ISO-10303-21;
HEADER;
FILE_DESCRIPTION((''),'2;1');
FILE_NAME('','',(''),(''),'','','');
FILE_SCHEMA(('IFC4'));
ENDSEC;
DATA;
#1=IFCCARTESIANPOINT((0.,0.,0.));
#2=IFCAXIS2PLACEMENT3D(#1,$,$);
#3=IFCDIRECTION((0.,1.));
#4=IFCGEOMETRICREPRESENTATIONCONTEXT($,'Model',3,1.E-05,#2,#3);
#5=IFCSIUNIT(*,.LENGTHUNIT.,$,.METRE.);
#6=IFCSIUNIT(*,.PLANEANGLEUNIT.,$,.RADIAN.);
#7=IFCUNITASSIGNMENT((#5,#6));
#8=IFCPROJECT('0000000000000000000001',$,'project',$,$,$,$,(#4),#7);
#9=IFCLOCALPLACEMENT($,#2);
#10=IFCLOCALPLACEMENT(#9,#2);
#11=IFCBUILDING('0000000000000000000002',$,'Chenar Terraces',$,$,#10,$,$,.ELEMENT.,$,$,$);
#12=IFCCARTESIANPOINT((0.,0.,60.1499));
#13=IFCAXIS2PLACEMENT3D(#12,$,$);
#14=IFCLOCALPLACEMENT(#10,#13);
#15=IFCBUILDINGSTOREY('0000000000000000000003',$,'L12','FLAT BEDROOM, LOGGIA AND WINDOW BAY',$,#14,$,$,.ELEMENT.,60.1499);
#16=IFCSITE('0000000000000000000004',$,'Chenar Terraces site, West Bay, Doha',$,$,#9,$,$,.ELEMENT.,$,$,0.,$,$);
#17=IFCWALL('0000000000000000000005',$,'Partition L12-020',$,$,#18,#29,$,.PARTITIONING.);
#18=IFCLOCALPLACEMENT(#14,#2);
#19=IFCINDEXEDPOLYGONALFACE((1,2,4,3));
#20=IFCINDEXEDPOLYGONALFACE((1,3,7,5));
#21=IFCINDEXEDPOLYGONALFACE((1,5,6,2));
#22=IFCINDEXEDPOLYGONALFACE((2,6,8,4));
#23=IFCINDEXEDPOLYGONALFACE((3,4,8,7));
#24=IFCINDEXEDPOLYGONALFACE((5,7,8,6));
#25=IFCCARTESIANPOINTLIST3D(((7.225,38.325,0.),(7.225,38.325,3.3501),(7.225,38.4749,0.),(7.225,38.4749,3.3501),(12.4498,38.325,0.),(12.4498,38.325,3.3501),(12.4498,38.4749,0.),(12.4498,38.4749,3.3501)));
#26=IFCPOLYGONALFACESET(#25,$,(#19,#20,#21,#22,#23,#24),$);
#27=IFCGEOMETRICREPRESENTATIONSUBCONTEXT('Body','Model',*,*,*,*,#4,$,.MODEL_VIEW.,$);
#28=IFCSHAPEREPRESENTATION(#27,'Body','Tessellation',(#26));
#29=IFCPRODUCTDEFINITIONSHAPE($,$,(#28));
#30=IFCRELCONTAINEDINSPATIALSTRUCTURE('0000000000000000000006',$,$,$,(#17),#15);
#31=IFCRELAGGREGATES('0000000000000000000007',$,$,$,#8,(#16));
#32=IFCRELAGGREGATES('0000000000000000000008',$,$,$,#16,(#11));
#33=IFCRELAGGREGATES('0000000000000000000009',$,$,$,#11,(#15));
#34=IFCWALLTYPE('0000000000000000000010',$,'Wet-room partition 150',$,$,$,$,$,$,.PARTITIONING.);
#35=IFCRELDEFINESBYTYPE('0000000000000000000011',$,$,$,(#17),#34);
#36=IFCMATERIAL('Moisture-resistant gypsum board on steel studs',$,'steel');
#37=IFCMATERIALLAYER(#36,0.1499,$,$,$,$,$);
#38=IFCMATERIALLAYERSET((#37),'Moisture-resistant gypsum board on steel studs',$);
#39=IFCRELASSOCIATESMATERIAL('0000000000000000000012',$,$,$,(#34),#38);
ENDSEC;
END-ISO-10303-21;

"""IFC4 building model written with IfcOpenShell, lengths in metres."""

from ifc_helpers import new_model, si_unit, direction, frame, frame_2d, origin, place, context, subcontext, project, spatial, rectangle, extrude, material, layer, layer_set, type_object, element, save


model = new_model("IFC4")

# Units and contexts
model_context = context("Model", 3, precision=1e-05, world=origin(), true_north=direction((0.0, 1.0)))
body_context = subcontext(model_context, "Body", "Model", "MODEL_VIEW")
ifc_project = project(units=[si_unit("LENGTHUNIT", "METRE"), si_unit("PLANEANGLEUNIT", "RADIAN")], contexts=[model_context])

# Site, building, storey
site_placement = place(None, origin())
site = spatial("IfcSite", under=ifc_project, at=site_placement, Name="Chenar Terraces site, West Bay, Doha", CompositionType="ELEMENT", RefElevation=0.0)
building_placement = place(site_placement, origin())
building = spatial("IfcBuilding", under=site, at=building_placement, Name="Chenar Terraces", CompositionType="ELEMENT")
storey_placement = place(building_placement, frame((0.0, 0.0, 60.1499)))
storey = spatial("IfcBuildingStorey", under=building, at=storey_placement, Name="L12", Description="FLAT BEDROOM, LOGGIA AND WINDOW BAY", CompositionType="ELEMENT", Elevation=60.1499)

# Shared definitions
ifc_material_1 = material(Name="Moisture-resistant gypsum board on steel studs", Category="steel")
ifc_layer_1 = layer(ifc_material_1, 0.1499)
ifc_layer_set_1 = layer_set([ifc_layer_1], Name="Moisture-resistant gypsum board on steel studs")
wall_type_1 = type_object("IfcWallType", Name="Wet-room partition 150", PredefinedType="PARTITIONING", material=ifc_layer_set_1)

# Wall
wall_1_placement = place(storey_placement, frame((7.2251, 38.3999, 0.0), z_axis=(0.0, 0.0, 1.0), x_axis=(1.0, 0.0, 0.0)))
element("IfcWall", 1, at=wall_1_placement, inside=storey, type_object=wall_type_1, Name="Partition L12-020", PredefinedType="PARTITIONING", context=body_context, shape_type="SweptSolid", body=[
    extrude(rectangle(XDim=5.2249, YDim=0.1499, at=frame_2d((2.6123, 0.0))), origin(), (0.0, 0.0, 1.0), 3.3501),
])

save(model, "model.ifc")
